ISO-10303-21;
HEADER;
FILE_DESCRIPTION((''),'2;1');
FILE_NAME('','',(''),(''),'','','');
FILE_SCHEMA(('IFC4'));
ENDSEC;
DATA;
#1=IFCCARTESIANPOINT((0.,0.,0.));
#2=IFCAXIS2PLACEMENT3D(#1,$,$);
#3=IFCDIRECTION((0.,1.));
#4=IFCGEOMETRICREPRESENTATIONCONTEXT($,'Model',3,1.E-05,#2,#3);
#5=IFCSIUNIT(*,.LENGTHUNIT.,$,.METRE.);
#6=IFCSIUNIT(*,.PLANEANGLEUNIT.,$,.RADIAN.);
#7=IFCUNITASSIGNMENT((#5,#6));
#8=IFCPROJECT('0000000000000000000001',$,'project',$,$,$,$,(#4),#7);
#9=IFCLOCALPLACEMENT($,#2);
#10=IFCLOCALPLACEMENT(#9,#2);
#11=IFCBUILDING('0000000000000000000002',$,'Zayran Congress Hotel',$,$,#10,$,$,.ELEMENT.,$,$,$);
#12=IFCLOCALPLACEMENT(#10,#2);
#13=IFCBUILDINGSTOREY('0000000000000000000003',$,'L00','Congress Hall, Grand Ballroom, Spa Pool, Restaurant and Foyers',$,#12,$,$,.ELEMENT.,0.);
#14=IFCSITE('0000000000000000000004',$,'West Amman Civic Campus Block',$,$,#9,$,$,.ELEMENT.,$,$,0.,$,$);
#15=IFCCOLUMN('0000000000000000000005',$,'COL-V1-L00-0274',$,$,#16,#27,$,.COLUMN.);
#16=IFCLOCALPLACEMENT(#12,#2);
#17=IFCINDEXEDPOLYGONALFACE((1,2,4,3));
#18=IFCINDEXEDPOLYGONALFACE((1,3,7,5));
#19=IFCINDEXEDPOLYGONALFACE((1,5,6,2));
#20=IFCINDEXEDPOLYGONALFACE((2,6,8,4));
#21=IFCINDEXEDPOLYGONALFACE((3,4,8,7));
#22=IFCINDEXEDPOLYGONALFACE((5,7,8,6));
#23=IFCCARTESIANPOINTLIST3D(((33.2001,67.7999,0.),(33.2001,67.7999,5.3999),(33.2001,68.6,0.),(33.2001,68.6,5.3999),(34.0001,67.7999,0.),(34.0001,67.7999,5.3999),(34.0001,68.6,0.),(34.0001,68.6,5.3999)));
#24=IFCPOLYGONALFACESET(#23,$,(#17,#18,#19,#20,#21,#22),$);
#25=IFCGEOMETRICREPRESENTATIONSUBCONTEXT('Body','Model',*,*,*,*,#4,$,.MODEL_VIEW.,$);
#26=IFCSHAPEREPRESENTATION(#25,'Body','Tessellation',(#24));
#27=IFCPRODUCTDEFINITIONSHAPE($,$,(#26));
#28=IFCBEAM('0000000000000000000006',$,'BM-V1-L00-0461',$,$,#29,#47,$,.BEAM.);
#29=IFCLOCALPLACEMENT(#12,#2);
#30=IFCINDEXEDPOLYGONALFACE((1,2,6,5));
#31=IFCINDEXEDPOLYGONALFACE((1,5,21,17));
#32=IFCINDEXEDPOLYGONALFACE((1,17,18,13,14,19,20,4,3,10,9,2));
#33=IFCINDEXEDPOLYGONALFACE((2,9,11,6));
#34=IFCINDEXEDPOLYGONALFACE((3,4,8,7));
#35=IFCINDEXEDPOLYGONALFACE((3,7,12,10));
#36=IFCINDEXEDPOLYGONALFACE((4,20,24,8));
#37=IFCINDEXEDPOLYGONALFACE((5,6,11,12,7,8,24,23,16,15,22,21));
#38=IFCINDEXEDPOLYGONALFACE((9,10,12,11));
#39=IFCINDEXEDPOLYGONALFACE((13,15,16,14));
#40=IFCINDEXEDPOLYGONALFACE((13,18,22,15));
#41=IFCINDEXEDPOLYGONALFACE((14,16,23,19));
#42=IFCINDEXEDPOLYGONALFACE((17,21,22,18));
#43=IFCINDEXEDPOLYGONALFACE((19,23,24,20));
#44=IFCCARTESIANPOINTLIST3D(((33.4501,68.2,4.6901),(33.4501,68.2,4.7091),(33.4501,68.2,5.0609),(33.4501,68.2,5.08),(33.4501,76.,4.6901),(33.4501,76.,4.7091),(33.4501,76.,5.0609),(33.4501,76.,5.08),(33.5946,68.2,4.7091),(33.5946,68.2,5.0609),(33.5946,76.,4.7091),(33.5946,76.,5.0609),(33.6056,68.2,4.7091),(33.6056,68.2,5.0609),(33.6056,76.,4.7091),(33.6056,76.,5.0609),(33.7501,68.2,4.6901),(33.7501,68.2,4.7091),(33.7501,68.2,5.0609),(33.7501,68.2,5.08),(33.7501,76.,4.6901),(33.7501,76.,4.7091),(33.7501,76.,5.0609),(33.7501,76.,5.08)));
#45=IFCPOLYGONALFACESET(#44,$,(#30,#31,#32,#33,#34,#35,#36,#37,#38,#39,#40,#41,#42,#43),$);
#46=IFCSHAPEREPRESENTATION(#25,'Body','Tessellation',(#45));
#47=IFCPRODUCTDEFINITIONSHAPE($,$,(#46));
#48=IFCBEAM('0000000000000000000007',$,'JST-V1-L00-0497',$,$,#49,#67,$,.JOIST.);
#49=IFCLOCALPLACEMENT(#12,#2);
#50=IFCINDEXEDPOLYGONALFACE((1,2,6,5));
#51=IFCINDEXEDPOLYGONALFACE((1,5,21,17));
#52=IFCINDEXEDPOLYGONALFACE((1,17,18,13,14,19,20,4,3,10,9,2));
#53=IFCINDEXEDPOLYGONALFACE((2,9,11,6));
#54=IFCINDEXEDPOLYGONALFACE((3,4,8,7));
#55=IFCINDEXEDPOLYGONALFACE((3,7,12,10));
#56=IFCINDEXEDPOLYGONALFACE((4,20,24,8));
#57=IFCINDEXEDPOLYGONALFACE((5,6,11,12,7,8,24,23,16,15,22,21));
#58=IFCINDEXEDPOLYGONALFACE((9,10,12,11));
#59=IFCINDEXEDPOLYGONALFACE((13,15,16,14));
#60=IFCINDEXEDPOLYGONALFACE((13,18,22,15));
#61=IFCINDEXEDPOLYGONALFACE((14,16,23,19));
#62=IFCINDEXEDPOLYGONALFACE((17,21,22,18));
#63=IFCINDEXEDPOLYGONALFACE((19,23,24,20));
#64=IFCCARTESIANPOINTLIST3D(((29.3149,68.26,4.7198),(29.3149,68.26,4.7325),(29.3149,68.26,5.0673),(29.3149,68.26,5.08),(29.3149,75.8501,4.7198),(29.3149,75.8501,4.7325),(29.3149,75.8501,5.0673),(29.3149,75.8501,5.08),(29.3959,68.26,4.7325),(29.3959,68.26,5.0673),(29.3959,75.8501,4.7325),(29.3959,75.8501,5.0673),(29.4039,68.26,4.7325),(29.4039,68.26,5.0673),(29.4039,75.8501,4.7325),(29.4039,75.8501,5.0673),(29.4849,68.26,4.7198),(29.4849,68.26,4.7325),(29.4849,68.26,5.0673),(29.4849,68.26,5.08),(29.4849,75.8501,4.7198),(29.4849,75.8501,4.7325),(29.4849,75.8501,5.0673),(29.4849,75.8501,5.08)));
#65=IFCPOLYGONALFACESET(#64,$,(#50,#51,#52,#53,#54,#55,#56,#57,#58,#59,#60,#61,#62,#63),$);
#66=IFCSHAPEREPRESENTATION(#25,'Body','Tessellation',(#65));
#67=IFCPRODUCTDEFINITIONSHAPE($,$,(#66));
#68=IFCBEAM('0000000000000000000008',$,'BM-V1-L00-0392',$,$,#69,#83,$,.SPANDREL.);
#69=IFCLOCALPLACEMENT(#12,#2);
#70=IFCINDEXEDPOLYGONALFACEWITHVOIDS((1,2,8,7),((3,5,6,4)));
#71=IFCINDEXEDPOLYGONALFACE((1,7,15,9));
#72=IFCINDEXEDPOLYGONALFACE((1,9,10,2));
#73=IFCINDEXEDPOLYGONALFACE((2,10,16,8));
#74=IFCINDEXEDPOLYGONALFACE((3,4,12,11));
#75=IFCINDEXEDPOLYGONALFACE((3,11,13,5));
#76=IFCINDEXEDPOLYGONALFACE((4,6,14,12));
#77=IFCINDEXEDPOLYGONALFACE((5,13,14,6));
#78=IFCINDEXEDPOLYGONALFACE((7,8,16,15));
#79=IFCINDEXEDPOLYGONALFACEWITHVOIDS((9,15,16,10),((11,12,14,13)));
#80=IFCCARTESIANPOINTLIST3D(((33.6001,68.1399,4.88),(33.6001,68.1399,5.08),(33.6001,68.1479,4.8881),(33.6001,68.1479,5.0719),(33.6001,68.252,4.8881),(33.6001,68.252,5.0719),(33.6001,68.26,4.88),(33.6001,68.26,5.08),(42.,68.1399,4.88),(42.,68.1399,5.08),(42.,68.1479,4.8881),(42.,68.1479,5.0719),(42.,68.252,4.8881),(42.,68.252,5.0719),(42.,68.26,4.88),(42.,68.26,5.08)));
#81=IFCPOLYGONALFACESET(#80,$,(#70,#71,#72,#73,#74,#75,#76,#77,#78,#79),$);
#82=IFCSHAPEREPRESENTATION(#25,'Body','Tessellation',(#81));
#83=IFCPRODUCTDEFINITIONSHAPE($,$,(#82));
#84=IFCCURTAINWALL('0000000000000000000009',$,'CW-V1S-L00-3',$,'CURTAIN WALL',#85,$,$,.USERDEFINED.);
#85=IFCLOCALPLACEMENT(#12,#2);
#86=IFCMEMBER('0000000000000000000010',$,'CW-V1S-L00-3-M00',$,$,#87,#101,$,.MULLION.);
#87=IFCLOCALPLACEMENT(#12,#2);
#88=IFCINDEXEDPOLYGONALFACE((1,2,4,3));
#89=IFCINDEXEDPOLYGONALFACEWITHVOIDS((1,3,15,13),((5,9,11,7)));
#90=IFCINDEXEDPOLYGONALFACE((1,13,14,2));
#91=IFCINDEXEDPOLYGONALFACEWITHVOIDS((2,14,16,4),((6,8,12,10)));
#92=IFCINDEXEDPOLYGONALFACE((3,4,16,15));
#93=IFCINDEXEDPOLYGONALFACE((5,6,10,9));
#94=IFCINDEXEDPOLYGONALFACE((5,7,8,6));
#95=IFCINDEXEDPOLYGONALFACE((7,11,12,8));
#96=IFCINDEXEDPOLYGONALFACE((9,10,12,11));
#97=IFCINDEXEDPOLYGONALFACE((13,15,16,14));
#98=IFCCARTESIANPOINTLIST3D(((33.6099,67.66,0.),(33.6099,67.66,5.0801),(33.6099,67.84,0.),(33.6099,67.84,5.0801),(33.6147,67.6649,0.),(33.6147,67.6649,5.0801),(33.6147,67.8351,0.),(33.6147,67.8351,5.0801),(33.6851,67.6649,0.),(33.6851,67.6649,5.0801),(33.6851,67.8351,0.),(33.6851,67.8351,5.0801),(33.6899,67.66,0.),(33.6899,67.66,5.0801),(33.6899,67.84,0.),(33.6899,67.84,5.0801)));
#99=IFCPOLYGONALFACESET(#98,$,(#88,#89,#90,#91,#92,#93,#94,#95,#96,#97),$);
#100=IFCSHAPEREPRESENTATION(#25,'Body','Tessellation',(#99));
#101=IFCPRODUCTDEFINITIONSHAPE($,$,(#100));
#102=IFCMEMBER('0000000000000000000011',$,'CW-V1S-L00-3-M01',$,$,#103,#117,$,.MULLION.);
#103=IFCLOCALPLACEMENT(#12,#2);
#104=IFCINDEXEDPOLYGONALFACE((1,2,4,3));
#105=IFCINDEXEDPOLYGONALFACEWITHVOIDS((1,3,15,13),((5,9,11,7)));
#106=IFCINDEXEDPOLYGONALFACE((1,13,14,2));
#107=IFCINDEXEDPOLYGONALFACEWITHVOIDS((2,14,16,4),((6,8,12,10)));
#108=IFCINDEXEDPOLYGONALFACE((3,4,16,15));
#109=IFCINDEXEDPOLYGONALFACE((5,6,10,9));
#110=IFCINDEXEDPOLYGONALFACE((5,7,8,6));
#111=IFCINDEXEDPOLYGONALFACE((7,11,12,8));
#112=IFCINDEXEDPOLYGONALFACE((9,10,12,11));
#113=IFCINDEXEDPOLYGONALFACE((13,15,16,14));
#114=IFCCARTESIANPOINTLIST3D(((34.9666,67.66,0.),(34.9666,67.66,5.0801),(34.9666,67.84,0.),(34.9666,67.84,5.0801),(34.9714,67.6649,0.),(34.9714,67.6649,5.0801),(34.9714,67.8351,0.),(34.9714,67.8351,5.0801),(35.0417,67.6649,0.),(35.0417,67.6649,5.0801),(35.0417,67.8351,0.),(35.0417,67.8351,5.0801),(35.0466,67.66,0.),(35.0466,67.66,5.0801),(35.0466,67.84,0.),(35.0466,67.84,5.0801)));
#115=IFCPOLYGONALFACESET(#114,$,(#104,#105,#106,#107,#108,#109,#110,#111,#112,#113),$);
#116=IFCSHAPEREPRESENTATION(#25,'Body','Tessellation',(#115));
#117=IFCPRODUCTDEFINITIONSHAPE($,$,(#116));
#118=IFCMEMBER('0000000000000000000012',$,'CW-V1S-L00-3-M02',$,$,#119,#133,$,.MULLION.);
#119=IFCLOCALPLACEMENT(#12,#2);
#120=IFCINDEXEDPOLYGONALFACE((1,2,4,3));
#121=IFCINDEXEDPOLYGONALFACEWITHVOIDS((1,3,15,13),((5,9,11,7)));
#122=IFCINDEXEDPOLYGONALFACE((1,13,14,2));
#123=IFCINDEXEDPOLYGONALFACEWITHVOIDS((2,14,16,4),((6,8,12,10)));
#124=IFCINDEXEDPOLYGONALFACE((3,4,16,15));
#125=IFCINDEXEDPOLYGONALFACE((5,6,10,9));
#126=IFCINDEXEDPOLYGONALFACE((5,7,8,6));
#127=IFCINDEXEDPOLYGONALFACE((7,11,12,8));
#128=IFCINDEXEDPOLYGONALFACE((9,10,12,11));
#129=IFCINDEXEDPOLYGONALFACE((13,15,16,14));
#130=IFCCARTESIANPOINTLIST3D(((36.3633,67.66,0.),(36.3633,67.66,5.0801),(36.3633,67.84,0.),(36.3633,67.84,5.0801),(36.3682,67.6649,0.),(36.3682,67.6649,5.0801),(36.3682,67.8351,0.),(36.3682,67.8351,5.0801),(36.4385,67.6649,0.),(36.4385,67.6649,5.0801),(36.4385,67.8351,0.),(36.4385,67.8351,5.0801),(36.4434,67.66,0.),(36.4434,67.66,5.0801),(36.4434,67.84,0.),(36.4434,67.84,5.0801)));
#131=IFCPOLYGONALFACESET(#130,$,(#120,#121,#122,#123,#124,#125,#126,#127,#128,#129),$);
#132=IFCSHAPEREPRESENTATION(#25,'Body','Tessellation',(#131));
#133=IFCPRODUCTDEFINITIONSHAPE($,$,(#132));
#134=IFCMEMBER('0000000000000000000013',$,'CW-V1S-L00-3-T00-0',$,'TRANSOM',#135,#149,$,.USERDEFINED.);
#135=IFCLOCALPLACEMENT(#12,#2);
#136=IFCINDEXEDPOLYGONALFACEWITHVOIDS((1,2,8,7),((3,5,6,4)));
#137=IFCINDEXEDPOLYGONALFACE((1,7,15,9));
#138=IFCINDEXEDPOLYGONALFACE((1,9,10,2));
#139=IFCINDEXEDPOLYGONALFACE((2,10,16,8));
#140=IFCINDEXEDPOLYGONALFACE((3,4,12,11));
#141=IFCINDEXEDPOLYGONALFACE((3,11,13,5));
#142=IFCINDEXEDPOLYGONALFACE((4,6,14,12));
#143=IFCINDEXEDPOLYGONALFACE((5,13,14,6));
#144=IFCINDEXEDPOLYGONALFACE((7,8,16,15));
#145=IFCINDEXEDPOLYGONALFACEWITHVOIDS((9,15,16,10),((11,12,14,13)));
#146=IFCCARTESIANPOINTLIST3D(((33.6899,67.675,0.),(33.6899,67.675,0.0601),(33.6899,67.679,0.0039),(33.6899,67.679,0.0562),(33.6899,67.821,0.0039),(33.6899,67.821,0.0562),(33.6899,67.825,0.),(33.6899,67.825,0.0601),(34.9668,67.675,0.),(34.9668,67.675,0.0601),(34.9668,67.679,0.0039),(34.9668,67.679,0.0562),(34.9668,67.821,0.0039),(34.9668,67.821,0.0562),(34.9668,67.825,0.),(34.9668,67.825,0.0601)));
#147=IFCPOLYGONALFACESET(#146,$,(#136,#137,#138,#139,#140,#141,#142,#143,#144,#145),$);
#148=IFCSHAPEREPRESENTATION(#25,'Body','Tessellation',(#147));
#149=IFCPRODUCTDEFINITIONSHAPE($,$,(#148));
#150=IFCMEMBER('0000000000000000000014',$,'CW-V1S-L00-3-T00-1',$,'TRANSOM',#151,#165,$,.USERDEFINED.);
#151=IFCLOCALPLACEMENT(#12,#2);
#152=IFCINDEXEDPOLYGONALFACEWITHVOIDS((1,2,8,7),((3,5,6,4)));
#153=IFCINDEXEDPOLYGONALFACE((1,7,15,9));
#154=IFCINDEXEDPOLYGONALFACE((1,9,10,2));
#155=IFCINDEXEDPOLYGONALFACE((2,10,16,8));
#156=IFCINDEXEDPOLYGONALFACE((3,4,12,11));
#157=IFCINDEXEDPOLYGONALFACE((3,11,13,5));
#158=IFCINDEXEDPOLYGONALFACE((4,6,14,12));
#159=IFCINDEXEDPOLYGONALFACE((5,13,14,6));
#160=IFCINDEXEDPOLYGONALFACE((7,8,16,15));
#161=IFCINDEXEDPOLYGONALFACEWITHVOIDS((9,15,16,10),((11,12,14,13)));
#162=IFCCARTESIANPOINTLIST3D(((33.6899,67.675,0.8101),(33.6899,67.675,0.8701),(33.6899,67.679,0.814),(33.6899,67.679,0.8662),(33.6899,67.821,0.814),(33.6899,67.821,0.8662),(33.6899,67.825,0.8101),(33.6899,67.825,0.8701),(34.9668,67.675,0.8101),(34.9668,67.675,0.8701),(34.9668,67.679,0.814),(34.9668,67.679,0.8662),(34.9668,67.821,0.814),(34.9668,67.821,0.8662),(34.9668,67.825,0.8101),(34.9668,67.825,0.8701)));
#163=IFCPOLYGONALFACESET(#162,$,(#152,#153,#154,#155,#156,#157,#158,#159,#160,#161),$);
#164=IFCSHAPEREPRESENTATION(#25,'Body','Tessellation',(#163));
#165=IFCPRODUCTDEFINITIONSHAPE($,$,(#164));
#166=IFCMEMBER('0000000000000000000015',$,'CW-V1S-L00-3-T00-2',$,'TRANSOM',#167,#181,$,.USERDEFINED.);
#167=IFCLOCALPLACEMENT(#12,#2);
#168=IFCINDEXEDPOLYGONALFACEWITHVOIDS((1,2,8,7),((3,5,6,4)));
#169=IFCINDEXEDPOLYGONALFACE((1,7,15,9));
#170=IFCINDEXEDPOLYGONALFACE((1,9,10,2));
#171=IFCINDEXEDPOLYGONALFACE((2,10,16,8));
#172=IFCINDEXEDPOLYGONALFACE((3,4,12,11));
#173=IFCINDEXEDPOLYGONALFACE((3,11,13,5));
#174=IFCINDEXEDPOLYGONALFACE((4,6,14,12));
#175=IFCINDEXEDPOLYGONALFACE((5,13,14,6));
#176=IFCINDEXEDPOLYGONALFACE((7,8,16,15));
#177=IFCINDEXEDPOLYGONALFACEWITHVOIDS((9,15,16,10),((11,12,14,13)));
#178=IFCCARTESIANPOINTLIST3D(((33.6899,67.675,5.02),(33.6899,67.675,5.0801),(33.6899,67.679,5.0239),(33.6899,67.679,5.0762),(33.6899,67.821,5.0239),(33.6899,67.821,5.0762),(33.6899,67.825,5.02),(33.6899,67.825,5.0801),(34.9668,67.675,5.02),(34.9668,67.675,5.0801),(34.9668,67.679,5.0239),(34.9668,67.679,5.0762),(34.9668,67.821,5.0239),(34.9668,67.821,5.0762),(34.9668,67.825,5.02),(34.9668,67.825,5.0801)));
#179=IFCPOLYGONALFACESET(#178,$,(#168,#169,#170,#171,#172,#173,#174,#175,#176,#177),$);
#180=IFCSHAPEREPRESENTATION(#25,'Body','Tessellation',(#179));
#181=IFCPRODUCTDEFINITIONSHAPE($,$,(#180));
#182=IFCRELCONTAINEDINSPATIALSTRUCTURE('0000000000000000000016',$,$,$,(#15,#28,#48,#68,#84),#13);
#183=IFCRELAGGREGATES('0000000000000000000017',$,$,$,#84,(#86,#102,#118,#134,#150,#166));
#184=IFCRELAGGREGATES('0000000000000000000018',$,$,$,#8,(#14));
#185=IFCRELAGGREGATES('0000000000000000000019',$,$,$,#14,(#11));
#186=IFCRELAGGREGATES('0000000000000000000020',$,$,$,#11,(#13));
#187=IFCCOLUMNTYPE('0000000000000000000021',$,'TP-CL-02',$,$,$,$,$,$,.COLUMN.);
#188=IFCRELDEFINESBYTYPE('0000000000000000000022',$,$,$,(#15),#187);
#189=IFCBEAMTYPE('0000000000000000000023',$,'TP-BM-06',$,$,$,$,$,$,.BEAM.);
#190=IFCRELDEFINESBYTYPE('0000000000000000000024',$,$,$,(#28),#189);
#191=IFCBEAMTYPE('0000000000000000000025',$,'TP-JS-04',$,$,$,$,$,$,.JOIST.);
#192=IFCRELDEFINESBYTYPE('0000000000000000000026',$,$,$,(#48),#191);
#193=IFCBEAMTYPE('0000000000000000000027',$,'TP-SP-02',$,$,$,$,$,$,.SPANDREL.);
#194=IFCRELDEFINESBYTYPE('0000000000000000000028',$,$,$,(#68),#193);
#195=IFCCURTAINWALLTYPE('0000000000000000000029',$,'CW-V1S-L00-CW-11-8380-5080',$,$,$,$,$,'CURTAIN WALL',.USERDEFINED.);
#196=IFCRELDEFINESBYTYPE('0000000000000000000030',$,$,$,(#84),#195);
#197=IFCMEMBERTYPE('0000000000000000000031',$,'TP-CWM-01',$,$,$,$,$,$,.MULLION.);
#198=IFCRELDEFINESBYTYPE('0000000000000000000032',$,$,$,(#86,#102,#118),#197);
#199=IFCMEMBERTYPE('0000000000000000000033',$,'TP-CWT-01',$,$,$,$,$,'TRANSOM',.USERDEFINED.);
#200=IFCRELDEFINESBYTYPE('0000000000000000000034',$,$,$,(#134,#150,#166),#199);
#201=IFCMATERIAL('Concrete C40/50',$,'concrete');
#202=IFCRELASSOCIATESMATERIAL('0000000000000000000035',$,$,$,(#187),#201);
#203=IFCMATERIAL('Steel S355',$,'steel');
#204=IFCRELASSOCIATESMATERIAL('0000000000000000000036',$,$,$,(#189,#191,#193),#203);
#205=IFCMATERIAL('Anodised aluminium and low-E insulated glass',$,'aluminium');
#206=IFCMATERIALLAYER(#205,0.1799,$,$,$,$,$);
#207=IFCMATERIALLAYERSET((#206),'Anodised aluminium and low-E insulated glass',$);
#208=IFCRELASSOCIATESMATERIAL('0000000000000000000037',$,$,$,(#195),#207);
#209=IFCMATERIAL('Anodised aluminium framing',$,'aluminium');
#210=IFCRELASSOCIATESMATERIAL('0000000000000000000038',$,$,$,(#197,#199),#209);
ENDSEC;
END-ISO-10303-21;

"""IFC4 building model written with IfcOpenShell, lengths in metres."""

from ifc_helpers import new_model, si_unit, direction, frame, origin, origin_2d, place, context, subcontext, project, spatial, rectangle, hollow_rectangle, i_section, extrude, material, layer, layer_set, material_profile, profile_set, type_object, element, aggregate, save


model = new_model("IFC4")

# Units and contexts
model_context = context("Model", 3, precision=1e-05, world=origin(), true_north=direction((0.0, 1.0)))
body_context = subcontext(model_context, "Body", "Model", "MODEL_VIEW")
ifc_project = project(units=[si_unit("LENGTHUNIT", "METRE"), si_unit("PLANEANGLEUNIT", "RADIAN")], contexts=[model_context])

# Site, building, storey
site_placement = place(None, origin())
site = spatial("IfcSite", under=ifc_project, at=site_placement, Name="West Amman Civic Campus Block", CompositionType="ELEMENT", RefElevation=0.0)
building_placement = place(site_placement, origin())
building = spatial("IfcBuilding", under=site, at=building_placement, Name="Zayran Congress Hotel", CompositionType="ELEMENT")
storey_placement = place(building_placement, origin())
storey = spatial("IfcBuildingStorey", under=building, at=storey_placement, Name="L00", Description="Congress Hall, Grand Ballroom, Spa Pool, Restaurant and Foyers", CompositionType="ELEMENT", Elevation=0.0)

# Column
ifc_material_1 = material(Name="Concrete C40/50", Category="concrete")
ifc_material_profile_1 = material_profile(ifc_material_1, rectangle(XDim=0.8, YDim=0.8, at=origin_2d()), Name="RC 800x800")
ifc_profile_set_1 = profile_set([ifc_material_profile_1], Name="Concrete C40/50")
column_type = type_object("IfcColumnType", Name="TP-CL-02", PredefinedType="COLUMN", material=ifc_profile_set_1)
column_placement = place(storey_placement, frame((33.6001, 68.2, 0.0), z_axis=(0.0, 0.0, 1.0), x_axis=(1.0, 0.0, 0.0)))
element("IfcColumn", 1, at=column_placement, inside=storey, type_object=column_type, Name="COL-V1-L00-0274", PredefinedType="COLUMN", context=body_context, shape_type="SweptSolid", body=[
    extrude(rectangle(XDim=0.8, YDim=0.8, at=origin_2d()), origin(), (0.0, 0.0, 1.0), 5.3999),
])

# Beams
ifc_material_2 = material(Name="Steel S355", Category="steel")
ifc_material_profile_2 = material_profile(ifc_material_2, i_section(OverallWidth=0.3, OverallDepth=0.3899, WebThickness=0.011, FlangeThickness=0.019, at=origin_2d()), Name="HEA 400")
ifc_profile_set_2 = profile_set([ifc_material_profile_2], Name="Steel S355")
beam_type_1 = type_object("IfcBeamType", Name="TP-BM-06", PredefinedType="BEAM", material=ifc_profile_set_2)
beam_1_placement = place(storey_placement, frame((33.6001, 68.2, 4.885), z_axis=(0.0, 1.0, 0.0), x_axis=(-1.0, 0.0, 0.0)))
element("IfcBeam", 2, at=beam_1_placement, inside=storey, type_object=beam_type_1, Name="BM-V1-L00-0461", PredefinedType="BEAM", context=body_context, shape_type="SweptSolid", body=[
    extrude(i_section(OverallWidth=0.3, OverallDepth=0.3899, WebThickness=0.011, FlangeThickness=0.019, at=origin_2d()), origin(), (0.0, 0.0, 1.0), 7.8),
])
ifc_material_profile_3 = material_profile(ifc_material_2, i_section(OverallWidth=0.1699, OverallDepth=0.3601, WebThickness=0.0081, FlangeThickness=0.0127, at=origin_2d()), Name="IPE 360")
ifc_profile_set_3 = profile_set([ifc_material_profile_3], Name="Steel S355")
beam_type_2 = type_object("IfcBeamType", Name="TP-JS-04", PredefinedType="JOIST", material=ifc_profile_set_3)
beam_2_placement = place(storey_placement, frame((29.3999, 68.26, 4.8999), z_axis=(0.0, 1.0, 0.0), x_axis=(-1.0, 0.0, 0.0)))
element("IfcBeam", 3, at=beam_2_placement, inside=storey, type_object=beam_type_2, Name="JST-V1-L00-0497", PredefinedType="JOIST", context=body_context, shape_type="SweptSolid", body=[
    extrude(i_section(OverallWidth=0.1699, OverallDepth=0.3601, WebThickness=0.0081, FlangeThickness=0.0127, at=origin_2d()), origin(), (0.0, 0.0, 1.0), 7.5901),
])
ifc_material_profile_4 = material_profile(ifc_material_2, hollow_rectangle(XDim=0.1201, YDim=0.2, WallThickness=0.0081, at=origin_2d()), Name="RHS 200x120x8")
ifc_profile_set_4 = profile_set([ifc_material_profile_4], Name="Steel S355")
beam_type_3 = type_object("IfcBeamType", Name="TP-SP-02", PredefinedType="SPANDREL", material=ifc_profile_set_4)
beam_3_placement = place(storey_placement, frame((33.6001, 68.2, 4.98), z_axis=(1.0, 0.0, 0.0), x_axis=(0.0, 1.0, 0.0)))
element("IfcBeam", 4, at=beam_3_placement, inside=storey, type_object=beam_type_3, Name="BM-V1-L00-0392", PredefinedType="SPANDREL", context=body_context, shape_type="SweptSolid", body=[
    extrude(hollow_rectangle(XDim=0.1201, YDim=0.2, WallThickness=0.0081, at=origin_2d()), origin(), (0.0, 0.0, 1.0), 8.3999),
])

# Curtain wall, members
ifc_material_3 = material(Name="Anodised aluminium and low-E insulated glass", Category="aluminium")
ifc_layer_1 = layer(ifc_material_3, 0.1799)
ifc_layer_set_1 = layer_set([ifc_layer_1], Name="Anodised aluminium and low-E insulated glass")
curtain_wall_type = type_object("IfcCurtainWallType", Name="CW-V1S-L00-CW-11-8380-5080", ElementType="CURTAIN WALL", PredefinedType="USERDEFINED", material=ifc_layer_set_1)
curtain_wall_placement = place(storey_placement, origin())
curtain_wall = element("IfcCurtainWall", 5, at=curtain_wall_placement, inside=storey, type_object=curtain_wall_type, Name="CW-V1S-L00-3", ObjectType="CURTAIN WALL", PredefinedType="USERDEFINED")
ifc_material_4 = material(Name="Anodised aluminium framing", Category="aluminium")
ifc_material_profile_5 = material_profile(ifc_material_4, hollow_rectangle(XDim=0.0801, YDim=0.1799, WallThickness=0.0049, at=origin_2d()), Name="RHS 180x80x5")
ifc_profile_set_5 = profile_set([ifc_material_profile_5], Name="Anodised aluminium framing")
member_type_1 = type_object("IfcMemberType", Name="TP-CWM-01", PredefinedType="MULLION", material=ifc_profile_set_5)
member_1_placement = place(storey_placement, frame((33.6499, 67.75, 0.0), z_axis=(0.0, 0.0, 1.0), x_axis=(1.0, 0.0, 0.0)))
member_1 = element("IfcMember", 6, at=member_1_placement, type_object=member_type_1, Name="CW-V1S-L00-3-M00", PredefinedType="MULLION", context=body_context, shape_type="SweptSolid", body=[
    extrude(hollow_rectangle(XDim=0.0801, YDim=0.1799, WallThickness=0.0049, at=origin_2d()), origin(), (0.0, 0.0, 1.0), 5.0801),
])
member_2_placement = place(storey_placement, frame((35.0066, 67.75, 0.0), z_axis=(0.0, 0.0, 1.0), x_axis=(1.0, 0.0, 0.0)))
member_2 = element("IfcMember", 7, at=member_2_placement, type_object=member_type_1, Name="CW-V1S-L00-3-M01", PredefinedType="MULLION", context=body_context, shape_type="SweptSolid", body=[
    extrude(hollow_rectangle(XDim=0.0801, YDim=0.1799, WallThickness=0.0049, at=origin_2d()), origin(), (0.0, 0.0, 1.0), 5.0801),
])
member_3_placement = place(storey_placement, frame((36.4033, 67.75, 0.0), z_axis=(0.0, 0.0, 1.0), x_axis=(1.0, 0.0, 0.0)))
member_3 = element("IfcMember", 8, at=member_3_placement, type_object=member_type_1, Name="CW-V1S-L00-3-M02", PredefinedType="MULLION", context=body_context, shape_type="SweptSolid", body=[
    extrude(hollow_rectangle(XDim=0.0801, YDim=0.1799, WallThickness=0.0049, at=origin_2d()), origin(), (0.0, 0.0, 1.0), 5.0801),
])
ifc_material_profile_6 = material_profile(ifc_material_4, hollow_rectangle(XDim=0.0601, YDim=0.1499, WallThickness=0.0039, at=origin_2d()), Name="RHS 150x60x4")
ifc_profile_set_6 = profile_set([ifc_material_profile_6], Name="Anodised aluminium framing")
member_type_2 = type_object("IfcMemberType", Name="TP-CWT-01", ElementType="TRANSOM", PredefinedType="USERDEFINED", material=ifc_profile_set_6)
member_4_placement = place(storey_placement, frame((33.6899, 67.75, 0.03), z_axis=(1.0, 0.0, 0.0), x_axis=(0.0, 0.0, 1.0)))
member_4 = element("IfcMember", 9, at=member_4_placement, type_object=member_type_2, Name="CW-V1S-L00-3-T00-0", ObjectType="TRANSOM", PredefinedType="USERDEFINED", context=body_context, shape_type="SweptSolid", body=[
    extrude(hollow_rectangle(XDim=0.0601, YDim=0.1499, WallThickness=0.0039, at=origin_2d()), origin(), (0.0, 0.0, 1.0), 1.2769),
])
member_5_placement = place(storey_placement, frame((33.6899, 67.75, 0.8401), z_axis=(1.0, 0.0, 0.0), x_axis=(0.0, 0.0, 1.0)))
member_5 = element("IfcMember", 10, at=member_5_placement, type_object=member_type_2, Name="CW-V1S-L00-3-T00-1", ObjectType="TRANSOM", PredefinedType="USERDEFINED", context=body_context, shape_type="SweptSolid", body=[
    extrude(hollow_rectangle(XDim=0.0601, YDim=0.1499, WallThickness=0.0039, at=origin_2d()), origin(), (0.0, 0.0, 1.0), 1.2769),
])
member_6_placement = place(storey_placement, frame((33.6899, 67.75, 5.05), z_axis=(1.0, 0.0, 0.0), x_axis=(0.0, 0.0, 1.0)))
member_6 = element("IfcMember", 11, at=member_6_placement, type_object=member_type_2, Name="CW-V1S-L00-3-T00-2", ObjectType="TRANSOM", PredefinedType="USERDEFINED", context=body_context, shape_type="SweptSolid", body=[
    extrude(hollow_rectangle(XDim=0.0601, YDim=0.1499, WallThickness=0.0039, at=origin_2d()), origin(), (0.0, 0.0, 1.0), 1.2769),
])
aggregate(curtain_wall, [member_1, member_2, member_3, member_4, member_5, member_6])

save(model, "model.ifc")
